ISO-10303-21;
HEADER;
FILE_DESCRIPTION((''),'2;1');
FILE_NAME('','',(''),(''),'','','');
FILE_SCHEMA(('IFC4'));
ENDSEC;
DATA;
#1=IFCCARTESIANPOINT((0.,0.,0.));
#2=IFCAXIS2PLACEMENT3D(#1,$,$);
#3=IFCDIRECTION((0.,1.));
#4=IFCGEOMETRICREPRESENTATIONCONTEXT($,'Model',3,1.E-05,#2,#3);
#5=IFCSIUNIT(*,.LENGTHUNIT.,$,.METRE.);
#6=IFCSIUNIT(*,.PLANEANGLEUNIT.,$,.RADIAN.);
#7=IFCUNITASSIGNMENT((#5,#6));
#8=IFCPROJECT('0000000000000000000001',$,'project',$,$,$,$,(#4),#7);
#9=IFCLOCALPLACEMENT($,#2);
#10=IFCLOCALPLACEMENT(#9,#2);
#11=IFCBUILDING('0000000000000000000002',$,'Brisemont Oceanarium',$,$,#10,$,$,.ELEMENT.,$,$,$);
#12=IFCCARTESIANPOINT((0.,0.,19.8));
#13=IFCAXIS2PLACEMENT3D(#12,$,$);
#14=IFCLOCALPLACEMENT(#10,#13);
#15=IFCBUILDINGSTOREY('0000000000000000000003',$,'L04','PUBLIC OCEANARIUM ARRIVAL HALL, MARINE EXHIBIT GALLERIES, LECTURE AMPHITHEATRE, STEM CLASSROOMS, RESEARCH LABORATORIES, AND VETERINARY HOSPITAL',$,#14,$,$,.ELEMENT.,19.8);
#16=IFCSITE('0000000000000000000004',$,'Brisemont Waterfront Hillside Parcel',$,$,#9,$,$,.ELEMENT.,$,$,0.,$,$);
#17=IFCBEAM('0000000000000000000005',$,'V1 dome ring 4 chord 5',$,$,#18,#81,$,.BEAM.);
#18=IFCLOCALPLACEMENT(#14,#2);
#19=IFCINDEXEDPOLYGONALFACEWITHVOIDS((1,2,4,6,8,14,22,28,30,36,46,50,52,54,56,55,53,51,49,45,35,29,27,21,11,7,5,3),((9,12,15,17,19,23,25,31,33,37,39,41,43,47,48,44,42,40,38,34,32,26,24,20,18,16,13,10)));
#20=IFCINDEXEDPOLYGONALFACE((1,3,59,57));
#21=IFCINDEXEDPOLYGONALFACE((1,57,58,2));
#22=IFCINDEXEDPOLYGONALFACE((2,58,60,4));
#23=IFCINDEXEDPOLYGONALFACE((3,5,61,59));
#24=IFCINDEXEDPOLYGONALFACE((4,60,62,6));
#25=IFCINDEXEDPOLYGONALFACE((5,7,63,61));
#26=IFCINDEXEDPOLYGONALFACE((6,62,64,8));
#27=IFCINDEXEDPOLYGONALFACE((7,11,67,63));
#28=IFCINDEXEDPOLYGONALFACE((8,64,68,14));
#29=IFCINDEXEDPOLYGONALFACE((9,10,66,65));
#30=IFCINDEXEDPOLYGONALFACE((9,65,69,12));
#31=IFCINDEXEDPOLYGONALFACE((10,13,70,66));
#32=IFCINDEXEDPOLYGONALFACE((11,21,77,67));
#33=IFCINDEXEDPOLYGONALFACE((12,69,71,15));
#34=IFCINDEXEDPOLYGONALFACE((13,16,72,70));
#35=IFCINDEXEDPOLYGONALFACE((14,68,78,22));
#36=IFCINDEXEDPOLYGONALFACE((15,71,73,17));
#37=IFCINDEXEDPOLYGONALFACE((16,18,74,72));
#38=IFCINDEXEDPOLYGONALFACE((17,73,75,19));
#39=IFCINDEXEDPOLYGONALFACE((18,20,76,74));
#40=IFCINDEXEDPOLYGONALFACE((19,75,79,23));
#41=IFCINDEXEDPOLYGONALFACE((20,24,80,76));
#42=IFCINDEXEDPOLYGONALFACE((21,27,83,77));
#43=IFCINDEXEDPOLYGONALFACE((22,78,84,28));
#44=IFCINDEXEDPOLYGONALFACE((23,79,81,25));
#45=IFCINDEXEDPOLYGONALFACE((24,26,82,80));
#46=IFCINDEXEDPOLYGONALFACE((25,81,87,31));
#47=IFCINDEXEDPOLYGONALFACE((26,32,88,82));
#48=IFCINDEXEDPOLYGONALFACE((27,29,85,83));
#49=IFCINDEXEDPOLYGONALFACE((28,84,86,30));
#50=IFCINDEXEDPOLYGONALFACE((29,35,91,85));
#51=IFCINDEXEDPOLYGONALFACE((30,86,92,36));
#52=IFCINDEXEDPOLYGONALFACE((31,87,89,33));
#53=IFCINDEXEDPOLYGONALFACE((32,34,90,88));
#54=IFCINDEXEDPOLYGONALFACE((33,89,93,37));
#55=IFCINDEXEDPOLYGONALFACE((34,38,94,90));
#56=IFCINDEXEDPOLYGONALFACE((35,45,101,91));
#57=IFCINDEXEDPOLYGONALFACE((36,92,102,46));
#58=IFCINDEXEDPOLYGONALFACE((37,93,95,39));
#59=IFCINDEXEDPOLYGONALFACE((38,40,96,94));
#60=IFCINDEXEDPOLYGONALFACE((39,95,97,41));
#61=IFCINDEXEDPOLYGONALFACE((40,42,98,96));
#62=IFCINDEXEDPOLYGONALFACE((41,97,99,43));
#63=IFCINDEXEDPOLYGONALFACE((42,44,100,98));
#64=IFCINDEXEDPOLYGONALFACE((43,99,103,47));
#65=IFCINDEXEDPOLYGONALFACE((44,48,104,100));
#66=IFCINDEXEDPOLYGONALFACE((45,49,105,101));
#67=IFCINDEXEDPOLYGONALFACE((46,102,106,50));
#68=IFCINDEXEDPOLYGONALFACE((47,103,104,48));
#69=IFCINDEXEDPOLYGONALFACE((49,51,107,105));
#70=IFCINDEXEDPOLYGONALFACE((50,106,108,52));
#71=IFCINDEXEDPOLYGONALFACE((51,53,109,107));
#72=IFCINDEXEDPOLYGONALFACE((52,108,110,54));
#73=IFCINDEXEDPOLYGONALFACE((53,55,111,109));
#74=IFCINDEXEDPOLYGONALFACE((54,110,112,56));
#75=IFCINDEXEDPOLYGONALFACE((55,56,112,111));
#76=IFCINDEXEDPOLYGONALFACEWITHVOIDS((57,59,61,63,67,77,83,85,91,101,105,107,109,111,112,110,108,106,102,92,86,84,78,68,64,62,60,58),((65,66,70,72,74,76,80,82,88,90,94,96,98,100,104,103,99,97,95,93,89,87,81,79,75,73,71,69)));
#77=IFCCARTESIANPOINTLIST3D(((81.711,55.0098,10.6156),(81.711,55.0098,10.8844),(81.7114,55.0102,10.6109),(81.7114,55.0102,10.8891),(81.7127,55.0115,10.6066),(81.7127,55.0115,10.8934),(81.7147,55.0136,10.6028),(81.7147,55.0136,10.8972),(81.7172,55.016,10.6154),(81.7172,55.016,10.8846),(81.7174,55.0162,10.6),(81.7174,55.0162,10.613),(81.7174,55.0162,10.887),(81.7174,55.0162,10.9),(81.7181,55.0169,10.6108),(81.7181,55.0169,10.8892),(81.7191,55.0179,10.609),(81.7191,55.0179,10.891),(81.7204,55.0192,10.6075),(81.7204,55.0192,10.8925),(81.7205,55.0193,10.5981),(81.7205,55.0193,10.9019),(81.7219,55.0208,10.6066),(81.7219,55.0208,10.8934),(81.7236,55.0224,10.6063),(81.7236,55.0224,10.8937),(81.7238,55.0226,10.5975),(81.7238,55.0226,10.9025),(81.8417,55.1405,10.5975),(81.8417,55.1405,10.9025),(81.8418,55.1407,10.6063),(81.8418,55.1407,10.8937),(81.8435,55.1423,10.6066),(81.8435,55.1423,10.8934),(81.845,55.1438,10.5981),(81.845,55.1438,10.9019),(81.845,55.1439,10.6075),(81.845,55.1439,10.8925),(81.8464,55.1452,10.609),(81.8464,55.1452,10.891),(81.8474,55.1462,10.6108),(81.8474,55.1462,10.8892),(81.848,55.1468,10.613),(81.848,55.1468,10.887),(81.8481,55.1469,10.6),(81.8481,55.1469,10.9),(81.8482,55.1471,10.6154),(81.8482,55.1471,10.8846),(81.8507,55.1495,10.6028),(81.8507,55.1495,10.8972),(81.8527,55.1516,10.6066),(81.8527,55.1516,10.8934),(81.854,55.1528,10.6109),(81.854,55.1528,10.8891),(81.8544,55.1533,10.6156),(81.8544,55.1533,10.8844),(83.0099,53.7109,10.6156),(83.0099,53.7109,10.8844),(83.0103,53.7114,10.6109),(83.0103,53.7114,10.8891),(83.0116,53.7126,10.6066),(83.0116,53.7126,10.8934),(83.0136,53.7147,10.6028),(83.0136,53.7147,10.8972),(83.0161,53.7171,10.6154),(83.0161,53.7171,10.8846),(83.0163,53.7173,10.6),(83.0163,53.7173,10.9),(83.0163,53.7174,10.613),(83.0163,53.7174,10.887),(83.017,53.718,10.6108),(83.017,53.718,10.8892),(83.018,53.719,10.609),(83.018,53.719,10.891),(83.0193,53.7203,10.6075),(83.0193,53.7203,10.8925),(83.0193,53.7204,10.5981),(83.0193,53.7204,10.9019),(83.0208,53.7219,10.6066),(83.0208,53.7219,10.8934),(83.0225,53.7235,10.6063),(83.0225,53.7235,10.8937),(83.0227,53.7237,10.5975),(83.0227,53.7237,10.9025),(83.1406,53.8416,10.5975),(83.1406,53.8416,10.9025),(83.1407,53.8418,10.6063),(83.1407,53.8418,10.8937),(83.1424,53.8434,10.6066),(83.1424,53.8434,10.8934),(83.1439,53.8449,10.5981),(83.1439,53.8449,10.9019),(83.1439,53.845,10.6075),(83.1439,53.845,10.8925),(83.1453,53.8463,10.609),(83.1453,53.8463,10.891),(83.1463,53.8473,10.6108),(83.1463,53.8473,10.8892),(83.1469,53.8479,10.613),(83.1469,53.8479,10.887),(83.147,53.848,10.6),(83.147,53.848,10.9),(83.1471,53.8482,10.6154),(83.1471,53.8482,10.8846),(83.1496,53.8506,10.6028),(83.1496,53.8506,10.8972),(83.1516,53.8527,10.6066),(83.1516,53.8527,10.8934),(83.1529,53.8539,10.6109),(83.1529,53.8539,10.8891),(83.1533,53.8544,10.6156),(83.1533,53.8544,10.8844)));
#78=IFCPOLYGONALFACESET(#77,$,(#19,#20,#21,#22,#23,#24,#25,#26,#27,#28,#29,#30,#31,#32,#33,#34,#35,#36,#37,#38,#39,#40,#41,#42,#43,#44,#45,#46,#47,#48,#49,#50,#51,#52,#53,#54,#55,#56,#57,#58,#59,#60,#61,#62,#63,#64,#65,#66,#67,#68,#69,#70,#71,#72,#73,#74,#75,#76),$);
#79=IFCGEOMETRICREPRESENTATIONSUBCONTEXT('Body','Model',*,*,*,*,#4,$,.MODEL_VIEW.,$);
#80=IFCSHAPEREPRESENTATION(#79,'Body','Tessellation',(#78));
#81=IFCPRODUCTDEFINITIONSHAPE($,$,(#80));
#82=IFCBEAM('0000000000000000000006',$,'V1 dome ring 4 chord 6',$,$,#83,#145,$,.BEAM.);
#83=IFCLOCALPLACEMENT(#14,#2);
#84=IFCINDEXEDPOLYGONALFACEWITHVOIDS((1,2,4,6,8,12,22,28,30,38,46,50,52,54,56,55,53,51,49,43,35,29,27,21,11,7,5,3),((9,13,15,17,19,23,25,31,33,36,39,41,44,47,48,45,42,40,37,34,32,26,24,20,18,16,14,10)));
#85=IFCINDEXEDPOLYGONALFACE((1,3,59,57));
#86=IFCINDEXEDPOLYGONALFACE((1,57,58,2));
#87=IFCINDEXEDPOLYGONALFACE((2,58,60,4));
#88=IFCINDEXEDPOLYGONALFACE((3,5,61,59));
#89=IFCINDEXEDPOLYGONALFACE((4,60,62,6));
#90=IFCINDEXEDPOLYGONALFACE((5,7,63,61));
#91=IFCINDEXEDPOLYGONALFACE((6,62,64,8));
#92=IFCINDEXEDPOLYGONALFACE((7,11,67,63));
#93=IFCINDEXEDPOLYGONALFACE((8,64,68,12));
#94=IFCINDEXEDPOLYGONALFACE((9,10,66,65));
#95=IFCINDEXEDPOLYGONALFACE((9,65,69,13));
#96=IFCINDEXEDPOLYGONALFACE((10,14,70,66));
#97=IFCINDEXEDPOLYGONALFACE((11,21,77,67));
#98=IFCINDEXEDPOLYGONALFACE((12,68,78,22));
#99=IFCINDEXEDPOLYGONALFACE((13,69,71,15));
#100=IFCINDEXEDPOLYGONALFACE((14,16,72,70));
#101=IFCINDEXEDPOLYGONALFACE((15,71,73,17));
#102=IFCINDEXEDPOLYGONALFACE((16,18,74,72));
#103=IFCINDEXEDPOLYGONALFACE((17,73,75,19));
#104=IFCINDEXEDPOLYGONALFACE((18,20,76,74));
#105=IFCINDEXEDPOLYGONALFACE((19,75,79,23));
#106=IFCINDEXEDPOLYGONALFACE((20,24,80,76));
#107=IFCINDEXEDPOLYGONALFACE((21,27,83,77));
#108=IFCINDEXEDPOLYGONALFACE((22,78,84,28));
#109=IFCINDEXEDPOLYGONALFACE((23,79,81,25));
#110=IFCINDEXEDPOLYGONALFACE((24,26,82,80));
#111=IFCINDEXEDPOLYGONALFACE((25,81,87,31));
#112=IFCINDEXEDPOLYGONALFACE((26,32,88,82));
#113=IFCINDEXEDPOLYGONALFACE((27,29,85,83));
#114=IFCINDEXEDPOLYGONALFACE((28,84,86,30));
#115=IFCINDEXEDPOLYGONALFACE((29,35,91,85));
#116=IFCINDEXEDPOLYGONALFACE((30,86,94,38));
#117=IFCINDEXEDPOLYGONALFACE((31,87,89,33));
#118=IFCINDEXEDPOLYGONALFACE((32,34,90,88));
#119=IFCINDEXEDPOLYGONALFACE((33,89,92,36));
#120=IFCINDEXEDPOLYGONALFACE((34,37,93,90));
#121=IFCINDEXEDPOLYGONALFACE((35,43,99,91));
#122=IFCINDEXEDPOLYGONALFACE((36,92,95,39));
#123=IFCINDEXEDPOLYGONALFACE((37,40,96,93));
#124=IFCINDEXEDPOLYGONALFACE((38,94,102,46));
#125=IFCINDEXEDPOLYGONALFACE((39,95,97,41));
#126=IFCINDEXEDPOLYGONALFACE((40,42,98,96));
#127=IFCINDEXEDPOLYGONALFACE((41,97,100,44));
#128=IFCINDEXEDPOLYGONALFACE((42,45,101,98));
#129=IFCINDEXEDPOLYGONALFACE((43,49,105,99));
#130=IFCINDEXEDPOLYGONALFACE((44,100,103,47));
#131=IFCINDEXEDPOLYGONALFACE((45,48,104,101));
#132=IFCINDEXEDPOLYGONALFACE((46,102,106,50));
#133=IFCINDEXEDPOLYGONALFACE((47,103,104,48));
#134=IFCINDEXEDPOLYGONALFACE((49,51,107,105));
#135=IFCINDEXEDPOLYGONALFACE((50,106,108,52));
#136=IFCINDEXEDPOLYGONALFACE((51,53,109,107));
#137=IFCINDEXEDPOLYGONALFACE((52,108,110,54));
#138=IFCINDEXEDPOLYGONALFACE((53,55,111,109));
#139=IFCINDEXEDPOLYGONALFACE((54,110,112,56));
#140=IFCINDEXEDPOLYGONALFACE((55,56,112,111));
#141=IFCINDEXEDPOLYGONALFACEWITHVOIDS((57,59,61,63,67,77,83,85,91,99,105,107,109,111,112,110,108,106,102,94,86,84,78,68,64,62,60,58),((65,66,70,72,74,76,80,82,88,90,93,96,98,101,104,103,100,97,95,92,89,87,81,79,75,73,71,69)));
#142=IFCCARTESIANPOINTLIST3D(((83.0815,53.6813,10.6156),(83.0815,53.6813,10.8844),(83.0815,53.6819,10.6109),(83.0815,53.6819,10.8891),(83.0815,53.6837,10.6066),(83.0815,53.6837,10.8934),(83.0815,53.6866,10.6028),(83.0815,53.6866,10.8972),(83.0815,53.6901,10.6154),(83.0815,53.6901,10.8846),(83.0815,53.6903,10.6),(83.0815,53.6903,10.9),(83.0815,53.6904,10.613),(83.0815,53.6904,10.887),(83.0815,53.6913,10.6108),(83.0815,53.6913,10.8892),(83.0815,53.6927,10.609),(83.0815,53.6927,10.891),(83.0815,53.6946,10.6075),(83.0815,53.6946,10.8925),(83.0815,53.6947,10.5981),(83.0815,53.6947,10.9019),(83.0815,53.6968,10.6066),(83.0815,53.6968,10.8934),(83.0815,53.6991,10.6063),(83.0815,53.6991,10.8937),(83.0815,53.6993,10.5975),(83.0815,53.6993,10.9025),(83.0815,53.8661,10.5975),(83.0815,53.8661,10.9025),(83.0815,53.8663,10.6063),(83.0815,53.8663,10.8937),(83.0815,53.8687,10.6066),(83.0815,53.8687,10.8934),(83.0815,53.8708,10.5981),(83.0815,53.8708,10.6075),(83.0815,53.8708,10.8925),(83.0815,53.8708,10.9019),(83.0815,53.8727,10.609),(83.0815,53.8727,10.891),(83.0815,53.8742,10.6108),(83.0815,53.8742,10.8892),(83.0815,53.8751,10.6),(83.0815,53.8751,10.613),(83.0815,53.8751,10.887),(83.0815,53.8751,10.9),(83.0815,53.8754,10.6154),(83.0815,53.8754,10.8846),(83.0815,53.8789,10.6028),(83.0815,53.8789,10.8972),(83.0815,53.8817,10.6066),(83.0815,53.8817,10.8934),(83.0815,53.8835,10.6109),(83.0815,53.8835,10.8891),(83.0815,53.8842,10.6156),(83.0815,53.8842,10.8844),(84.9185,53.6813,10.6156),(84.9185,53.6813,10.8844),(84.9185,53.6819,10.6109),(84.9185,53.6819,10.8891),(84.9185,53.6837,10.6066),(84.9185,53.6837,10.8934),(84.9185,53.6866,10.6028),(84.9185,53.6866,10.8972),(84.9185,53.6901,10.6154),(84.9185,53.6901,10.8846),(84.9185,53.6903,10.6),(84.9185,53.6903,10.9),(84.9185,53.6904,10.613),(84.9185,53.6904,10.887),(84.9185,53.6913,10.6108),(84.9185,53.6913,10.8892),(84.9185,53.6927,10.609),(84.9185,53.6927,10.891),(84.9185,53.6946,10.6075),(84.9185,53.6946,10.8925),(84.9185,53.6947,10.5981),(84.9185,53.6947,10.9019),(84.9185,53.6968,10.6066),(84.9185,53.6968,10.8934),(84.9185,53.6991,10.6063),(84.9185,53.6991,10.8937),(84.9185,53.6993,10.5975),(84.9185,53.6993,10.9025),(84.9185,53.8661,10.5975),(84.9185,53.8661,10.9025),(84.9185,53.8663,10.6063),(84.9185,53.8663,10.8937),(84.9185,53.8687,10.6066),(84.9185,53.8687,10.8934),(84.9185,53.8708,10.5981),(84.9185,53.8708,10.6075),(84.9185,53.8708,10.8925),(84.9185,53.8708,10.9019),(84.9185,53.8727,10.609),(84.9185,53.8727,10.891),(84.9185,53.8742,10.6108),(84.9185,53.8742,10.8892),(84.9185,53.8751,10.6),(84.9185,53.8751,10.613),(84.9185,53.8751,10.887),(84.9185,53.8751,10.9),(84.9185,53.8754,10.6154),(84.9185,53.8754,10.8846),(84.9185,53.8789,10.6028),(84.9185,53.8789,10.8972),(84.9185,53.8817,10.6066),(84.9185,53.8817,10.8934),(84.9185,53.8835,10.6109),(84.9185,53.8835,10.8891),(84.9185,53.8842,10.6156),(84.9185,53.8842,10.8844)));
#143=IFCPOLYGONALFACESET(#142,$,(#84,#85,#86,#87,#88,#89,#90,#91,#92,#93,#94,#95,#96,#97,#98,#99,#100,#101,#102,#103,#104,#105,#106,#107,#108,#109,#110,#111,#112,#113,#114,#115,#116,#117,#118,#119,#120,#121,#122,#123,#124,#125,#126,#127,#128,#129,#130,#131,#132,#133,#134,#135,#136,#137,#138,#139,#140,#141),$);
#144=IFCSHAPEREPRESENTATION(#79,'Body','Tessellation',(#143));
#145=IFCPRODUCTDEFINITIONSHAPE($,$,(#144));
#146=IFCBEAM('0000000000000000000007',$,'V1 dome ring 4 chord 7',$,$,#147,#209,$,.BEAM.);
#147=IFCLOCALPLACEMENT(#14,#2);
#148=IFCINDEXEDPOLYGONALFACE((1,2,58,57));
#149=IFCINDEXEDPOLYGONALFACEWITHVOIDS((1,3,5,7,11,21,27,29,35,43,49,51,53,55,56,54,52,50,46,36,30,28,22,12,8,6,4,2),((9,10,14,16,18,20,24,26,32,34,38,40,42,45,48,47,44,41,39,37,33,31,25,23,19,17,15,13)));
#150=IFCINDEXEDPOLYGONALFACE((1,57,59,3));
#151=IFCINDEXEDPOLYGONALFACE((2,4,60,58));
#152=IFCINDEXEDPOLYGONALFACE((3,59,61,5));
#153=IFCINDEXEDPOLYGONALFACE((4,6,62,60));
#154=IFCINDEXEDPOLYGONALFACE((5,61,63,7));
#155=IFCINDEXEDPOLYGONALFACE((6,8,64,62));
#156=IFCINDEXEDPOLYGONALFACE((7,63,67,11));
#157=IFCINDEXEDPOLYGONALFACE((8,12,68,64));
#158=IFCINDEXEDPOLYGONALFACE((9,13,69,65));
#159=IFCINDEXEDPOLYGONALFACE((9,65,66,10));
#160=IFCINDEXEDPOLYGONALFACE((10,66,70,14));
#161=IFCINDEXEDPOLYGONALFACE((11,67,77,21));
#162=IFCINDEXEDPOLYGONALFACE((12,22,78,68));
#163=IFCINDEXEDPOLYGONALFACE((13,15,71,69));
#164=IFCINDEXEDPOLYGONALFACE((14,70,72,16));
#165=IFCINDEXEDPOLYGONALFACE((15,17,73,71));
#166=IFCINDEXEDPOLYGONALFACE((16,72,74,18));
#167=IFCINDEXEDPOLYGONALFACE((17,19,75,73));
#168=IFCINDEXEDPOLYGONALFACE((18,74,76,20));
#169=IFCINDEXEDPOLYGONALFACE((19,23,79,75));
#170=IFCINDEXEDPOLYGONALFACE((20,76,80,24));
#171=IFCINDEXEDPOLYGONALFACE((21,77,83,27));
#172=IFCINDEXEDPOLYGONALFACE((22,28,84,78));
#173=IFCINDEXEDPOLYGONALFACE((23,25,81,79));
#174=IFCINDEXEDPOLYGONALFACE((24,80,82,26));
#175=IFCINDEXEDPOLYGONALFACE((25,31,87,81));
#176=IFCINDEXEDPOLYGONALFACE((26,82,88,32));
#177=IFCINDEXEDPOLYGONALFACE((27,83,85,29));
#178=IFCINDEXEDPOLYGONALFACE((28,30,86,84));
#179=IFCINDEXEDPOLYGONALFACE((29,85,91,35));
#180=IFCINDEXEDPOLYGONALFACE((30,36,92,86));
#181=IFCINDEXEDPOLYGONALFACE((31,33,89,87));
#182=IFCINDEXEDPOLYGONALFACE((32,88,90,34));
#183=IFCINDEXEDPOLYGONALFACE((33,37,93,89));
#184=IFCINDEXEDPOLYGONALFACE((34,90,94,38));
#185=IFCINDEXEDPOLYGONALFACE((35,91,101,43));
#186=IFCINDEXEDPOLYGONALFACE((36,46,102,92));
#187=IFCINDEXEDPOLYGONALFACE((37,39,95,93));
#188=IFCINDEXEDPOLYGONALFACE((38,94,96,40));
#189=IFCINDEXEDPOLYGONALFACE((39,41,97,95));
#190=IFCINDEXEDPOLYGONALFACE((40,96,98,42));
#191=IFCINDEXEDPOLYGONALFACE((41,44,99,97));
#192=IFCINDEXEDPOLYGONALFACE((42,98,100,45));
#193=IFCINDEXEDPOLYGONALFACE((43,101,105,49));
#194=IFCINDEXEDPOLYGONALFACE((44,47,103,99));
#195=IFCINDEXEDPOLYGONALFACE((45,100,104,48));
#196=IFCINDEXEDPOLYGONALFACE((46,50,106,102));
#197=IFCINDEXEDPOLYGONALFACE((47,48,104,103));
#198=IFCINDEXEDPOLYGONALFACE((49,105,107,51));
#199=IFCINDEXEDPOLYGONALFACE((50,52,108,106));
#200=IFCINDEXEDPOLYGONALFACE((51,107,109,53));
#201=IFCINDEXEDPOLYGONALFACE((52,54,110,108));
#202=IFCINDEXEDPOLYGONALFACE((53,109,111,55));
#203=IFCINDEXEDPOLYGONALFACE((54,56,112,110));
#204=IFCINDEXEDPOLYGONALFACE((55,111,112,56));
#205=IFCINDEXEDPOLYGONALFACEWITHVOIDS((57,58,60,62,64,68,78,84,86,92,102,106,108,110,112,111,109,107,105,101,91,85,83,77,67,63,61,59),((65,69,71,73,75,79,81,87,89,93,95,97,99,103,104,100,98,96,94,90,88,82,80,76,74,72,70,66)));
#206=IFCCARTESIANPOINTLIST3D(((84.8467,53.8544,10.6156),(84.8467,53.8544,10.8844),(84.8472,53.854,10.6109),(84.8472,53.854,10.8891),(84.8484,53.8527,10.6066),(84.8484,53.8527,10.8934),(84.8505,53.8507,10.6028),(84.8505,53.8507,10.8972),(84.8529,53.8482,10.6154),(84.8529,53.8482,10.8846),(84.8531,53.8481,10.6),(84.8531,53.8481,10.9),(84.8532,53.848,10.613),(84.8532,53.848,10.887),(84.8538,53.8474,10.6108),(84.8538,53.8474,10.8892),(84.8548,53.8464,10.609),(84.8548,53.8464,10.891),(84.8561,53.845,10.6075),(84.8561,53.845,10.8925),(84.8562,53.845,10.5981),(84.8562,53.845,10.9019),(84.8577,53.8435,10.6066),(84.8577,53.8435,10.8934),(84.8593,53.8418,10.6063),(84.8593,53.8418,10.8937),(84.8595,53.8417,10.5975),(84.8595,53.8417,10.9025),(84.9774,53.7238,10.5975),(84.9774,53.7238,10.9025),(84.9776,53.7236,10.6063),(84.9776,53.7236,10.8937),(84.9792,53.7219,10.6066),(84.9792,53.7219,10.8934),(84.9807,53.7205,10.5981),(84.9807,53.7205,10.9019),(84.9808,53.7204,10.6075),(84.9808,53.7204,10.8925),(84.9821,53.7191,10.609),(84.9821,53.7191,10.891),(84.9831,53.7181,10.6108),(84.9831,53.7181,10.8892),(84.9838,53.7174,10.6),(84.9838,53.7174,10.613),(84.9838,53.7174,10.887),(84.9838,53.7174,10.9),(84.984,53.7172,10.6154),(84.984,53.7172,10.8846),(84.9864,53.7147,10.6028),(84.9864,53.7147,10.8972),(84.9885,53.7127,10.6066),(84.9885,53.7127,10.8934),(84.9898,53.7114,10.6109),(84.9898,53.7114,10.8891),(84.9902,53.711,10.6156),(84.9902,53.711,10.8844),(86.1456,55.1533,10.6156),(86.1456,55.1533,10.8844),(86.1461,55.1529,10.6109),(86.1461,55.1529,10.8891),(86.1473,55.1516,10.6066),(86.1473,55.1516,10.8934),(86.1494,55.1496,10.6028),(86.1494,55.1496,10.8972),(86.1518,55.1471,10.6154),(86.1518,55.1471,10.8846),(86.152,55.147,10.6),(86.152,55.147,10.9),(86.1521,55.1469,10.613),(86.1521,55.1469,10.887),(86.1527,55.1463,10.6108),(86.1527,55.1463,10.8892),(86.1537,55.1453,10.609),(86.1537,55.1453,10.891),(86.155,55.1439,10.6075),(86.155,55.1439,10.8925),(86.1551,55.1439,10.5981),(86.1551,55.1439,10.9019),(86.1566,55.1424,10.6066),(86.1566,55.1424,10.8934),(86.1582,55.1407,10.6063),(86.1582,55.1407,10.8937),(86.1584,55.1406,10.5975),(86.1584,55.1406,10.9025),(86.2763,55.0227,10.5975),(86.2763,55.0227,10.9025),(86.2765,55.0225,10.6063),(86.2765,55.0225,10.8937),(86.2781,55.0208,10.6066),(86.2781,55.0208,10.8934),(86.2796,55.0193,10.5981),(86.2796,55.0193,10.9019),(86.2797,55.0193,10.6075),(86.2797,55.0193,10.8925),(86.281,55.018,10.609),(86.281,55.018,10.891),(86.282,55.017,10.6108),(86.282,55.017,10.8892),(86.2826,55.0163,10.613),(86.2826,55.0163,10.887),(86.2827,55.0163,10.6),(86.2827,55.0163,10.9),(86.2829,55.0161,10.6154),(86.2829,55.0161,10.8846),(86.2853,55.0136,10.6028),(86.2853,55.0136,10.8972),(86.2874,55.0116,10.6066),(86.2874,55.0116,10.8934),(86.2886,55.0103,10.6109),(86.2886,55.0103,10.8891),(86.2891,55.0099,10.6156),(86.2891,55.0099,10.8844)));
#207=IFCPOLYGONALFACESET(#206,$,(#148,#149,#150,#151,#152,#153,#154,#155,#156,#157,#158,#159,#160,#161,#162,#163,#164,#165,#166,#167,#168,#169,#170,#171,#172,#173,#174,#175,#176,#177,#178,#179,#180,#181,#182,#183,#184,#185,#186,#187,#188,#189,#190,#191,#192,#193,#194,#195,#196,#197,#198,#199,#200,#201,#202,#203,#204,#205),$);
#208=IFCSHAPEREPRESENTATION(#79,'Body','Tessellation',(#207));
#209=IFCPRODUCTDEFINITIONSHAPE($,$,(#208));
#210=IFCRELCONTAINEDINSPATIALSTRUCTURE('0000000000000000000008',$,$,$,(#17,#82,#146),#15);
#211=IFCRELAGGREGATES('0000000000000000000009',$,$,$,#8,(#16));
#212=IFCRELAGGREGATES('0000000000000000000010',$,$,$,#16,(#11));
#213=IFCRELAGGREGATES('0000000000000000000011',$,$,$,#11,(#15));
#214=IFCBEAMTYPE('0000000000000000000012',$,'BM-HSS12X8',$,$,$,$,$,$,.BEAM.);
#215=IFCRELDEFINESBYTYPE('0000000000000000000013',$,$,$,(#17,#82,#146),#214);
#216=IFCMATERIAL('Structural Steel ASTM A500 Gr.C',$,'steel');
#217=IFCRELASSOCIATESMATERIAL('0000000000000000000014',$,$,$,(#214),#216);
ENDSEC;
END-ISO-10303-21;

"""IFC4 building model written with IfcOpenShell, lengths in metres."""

from ifc_helpers import new_model, si_unit, direction, frame, origin, origin_2d, place, context, subcontext, project, spatial, hollow_rectangle, extrude, material, material_profile, profile_set, type_object, element, save


model = new_model("IFC4")

# Units and contexts
model_context = context("Model", 3, precision=1e-05, world=origin(), true_north=direction((0.0, 1.0)))
body_context = subcontext(model_context, "Body", "Model", "MODEL_VIEW")
ifc_project = project(units=[si_unit("LENGTHUNIT", "METRE"), si_unit("PLANEANGLEUNIT", "RADIAN")], contexts=[model_context])

# Site, building, storey
site_placement = place(None, origin())
site = spatial("IfcSite", under=ifc_project, at=site_placement, Name="Brisemont Waterfront Hillside Parcel", CompositionType="ELEMENT", RefElevation=0.0)
building_placement = place(site_placement, origin())
building = spatial("IfcBuilding", under=site, at=building_placement, Name="Brisemont Oceanarium", CompositionType="ELEMENT")
storey_placement = place(building_placement, frame((0.0, 0.0, 19.8)))
storey = spatial("IfcBuildingStorey", under=building, at=storey_placement, Name="L04", Description="PUBLIC OCEANARIUM ARRIVAL HALL, MARINE EXHIBIT GALLERIES, LECTURE AMPHITHEATRE, STEM CLASSROOMS, RESEARCH LABORATORIES, AND VETERINARY HOSPITAL", CompositionType="ELEMENT", Elevation=19.8)

# Beams
ifc_material_1 = material(Name="Structural Steel ASTM A500 Gr.C", Category="steel")
ifc_material_profile_1 = material_profile(ifc_material_1, hollow_rectangle(XDim=0.2029, YDim=0.3049, WallThickness=0.0088, InnerFilletRadius=0.009, OuterFilletRadius=0.0181, at=origin_2d()), Name="HSS12X8X3/8")
ifc_profile_set_1 = profile_set([ifc_material_profile_1], Name="Structural Steel ASTM A500 Gr.C")
beam_type_1 = type_object("IfcBeamType", Name="BM-HSS12X8", PredefinedType="BEAM", material=ifc_profile_set_1)
for number, where, z_axis, x_axis, name in (
    (1, (81.7827, 55.0815, 10.75), (0.707107, -0.707107, 0.0), (0.707107, 0.707107, 0.0), "V1 dome ring 4 chord 5"),
    (2, (83.0815, 53.7827, 10.75), (1.0, 0.0, 0.0), (0.0, 1.0, 0.0), "V1 dome ring 4 chord 6"),
    (3, (84.9185, 53.7827, 10.75), (0.707107, 0.707107, 0.0), (-0.707107, 0.707107, 0.0), "V1 dome ring 4 chord 7"),
):
    element("IfcBeam", number, at=place(storey_placement, frame(where, z_axis=z_axis, x_axis=x_axis)), inside=storey, type_object=beam_type_1, Name=name, PredefinedType="BEAM", context=body_context, shape_type="SweptSolid", body=[
        extrude(hollow_rectangle(XDim=0.2029, YDim=0.3049, WallThickness=0.0088, InnerFilletRadius=0.009, OuterFilletRadius=0.0181, at=origin_2d()), origin(), (0.0, 0.0, 1.0), 1.8369),
    ])

save(model, "model.ifc")
